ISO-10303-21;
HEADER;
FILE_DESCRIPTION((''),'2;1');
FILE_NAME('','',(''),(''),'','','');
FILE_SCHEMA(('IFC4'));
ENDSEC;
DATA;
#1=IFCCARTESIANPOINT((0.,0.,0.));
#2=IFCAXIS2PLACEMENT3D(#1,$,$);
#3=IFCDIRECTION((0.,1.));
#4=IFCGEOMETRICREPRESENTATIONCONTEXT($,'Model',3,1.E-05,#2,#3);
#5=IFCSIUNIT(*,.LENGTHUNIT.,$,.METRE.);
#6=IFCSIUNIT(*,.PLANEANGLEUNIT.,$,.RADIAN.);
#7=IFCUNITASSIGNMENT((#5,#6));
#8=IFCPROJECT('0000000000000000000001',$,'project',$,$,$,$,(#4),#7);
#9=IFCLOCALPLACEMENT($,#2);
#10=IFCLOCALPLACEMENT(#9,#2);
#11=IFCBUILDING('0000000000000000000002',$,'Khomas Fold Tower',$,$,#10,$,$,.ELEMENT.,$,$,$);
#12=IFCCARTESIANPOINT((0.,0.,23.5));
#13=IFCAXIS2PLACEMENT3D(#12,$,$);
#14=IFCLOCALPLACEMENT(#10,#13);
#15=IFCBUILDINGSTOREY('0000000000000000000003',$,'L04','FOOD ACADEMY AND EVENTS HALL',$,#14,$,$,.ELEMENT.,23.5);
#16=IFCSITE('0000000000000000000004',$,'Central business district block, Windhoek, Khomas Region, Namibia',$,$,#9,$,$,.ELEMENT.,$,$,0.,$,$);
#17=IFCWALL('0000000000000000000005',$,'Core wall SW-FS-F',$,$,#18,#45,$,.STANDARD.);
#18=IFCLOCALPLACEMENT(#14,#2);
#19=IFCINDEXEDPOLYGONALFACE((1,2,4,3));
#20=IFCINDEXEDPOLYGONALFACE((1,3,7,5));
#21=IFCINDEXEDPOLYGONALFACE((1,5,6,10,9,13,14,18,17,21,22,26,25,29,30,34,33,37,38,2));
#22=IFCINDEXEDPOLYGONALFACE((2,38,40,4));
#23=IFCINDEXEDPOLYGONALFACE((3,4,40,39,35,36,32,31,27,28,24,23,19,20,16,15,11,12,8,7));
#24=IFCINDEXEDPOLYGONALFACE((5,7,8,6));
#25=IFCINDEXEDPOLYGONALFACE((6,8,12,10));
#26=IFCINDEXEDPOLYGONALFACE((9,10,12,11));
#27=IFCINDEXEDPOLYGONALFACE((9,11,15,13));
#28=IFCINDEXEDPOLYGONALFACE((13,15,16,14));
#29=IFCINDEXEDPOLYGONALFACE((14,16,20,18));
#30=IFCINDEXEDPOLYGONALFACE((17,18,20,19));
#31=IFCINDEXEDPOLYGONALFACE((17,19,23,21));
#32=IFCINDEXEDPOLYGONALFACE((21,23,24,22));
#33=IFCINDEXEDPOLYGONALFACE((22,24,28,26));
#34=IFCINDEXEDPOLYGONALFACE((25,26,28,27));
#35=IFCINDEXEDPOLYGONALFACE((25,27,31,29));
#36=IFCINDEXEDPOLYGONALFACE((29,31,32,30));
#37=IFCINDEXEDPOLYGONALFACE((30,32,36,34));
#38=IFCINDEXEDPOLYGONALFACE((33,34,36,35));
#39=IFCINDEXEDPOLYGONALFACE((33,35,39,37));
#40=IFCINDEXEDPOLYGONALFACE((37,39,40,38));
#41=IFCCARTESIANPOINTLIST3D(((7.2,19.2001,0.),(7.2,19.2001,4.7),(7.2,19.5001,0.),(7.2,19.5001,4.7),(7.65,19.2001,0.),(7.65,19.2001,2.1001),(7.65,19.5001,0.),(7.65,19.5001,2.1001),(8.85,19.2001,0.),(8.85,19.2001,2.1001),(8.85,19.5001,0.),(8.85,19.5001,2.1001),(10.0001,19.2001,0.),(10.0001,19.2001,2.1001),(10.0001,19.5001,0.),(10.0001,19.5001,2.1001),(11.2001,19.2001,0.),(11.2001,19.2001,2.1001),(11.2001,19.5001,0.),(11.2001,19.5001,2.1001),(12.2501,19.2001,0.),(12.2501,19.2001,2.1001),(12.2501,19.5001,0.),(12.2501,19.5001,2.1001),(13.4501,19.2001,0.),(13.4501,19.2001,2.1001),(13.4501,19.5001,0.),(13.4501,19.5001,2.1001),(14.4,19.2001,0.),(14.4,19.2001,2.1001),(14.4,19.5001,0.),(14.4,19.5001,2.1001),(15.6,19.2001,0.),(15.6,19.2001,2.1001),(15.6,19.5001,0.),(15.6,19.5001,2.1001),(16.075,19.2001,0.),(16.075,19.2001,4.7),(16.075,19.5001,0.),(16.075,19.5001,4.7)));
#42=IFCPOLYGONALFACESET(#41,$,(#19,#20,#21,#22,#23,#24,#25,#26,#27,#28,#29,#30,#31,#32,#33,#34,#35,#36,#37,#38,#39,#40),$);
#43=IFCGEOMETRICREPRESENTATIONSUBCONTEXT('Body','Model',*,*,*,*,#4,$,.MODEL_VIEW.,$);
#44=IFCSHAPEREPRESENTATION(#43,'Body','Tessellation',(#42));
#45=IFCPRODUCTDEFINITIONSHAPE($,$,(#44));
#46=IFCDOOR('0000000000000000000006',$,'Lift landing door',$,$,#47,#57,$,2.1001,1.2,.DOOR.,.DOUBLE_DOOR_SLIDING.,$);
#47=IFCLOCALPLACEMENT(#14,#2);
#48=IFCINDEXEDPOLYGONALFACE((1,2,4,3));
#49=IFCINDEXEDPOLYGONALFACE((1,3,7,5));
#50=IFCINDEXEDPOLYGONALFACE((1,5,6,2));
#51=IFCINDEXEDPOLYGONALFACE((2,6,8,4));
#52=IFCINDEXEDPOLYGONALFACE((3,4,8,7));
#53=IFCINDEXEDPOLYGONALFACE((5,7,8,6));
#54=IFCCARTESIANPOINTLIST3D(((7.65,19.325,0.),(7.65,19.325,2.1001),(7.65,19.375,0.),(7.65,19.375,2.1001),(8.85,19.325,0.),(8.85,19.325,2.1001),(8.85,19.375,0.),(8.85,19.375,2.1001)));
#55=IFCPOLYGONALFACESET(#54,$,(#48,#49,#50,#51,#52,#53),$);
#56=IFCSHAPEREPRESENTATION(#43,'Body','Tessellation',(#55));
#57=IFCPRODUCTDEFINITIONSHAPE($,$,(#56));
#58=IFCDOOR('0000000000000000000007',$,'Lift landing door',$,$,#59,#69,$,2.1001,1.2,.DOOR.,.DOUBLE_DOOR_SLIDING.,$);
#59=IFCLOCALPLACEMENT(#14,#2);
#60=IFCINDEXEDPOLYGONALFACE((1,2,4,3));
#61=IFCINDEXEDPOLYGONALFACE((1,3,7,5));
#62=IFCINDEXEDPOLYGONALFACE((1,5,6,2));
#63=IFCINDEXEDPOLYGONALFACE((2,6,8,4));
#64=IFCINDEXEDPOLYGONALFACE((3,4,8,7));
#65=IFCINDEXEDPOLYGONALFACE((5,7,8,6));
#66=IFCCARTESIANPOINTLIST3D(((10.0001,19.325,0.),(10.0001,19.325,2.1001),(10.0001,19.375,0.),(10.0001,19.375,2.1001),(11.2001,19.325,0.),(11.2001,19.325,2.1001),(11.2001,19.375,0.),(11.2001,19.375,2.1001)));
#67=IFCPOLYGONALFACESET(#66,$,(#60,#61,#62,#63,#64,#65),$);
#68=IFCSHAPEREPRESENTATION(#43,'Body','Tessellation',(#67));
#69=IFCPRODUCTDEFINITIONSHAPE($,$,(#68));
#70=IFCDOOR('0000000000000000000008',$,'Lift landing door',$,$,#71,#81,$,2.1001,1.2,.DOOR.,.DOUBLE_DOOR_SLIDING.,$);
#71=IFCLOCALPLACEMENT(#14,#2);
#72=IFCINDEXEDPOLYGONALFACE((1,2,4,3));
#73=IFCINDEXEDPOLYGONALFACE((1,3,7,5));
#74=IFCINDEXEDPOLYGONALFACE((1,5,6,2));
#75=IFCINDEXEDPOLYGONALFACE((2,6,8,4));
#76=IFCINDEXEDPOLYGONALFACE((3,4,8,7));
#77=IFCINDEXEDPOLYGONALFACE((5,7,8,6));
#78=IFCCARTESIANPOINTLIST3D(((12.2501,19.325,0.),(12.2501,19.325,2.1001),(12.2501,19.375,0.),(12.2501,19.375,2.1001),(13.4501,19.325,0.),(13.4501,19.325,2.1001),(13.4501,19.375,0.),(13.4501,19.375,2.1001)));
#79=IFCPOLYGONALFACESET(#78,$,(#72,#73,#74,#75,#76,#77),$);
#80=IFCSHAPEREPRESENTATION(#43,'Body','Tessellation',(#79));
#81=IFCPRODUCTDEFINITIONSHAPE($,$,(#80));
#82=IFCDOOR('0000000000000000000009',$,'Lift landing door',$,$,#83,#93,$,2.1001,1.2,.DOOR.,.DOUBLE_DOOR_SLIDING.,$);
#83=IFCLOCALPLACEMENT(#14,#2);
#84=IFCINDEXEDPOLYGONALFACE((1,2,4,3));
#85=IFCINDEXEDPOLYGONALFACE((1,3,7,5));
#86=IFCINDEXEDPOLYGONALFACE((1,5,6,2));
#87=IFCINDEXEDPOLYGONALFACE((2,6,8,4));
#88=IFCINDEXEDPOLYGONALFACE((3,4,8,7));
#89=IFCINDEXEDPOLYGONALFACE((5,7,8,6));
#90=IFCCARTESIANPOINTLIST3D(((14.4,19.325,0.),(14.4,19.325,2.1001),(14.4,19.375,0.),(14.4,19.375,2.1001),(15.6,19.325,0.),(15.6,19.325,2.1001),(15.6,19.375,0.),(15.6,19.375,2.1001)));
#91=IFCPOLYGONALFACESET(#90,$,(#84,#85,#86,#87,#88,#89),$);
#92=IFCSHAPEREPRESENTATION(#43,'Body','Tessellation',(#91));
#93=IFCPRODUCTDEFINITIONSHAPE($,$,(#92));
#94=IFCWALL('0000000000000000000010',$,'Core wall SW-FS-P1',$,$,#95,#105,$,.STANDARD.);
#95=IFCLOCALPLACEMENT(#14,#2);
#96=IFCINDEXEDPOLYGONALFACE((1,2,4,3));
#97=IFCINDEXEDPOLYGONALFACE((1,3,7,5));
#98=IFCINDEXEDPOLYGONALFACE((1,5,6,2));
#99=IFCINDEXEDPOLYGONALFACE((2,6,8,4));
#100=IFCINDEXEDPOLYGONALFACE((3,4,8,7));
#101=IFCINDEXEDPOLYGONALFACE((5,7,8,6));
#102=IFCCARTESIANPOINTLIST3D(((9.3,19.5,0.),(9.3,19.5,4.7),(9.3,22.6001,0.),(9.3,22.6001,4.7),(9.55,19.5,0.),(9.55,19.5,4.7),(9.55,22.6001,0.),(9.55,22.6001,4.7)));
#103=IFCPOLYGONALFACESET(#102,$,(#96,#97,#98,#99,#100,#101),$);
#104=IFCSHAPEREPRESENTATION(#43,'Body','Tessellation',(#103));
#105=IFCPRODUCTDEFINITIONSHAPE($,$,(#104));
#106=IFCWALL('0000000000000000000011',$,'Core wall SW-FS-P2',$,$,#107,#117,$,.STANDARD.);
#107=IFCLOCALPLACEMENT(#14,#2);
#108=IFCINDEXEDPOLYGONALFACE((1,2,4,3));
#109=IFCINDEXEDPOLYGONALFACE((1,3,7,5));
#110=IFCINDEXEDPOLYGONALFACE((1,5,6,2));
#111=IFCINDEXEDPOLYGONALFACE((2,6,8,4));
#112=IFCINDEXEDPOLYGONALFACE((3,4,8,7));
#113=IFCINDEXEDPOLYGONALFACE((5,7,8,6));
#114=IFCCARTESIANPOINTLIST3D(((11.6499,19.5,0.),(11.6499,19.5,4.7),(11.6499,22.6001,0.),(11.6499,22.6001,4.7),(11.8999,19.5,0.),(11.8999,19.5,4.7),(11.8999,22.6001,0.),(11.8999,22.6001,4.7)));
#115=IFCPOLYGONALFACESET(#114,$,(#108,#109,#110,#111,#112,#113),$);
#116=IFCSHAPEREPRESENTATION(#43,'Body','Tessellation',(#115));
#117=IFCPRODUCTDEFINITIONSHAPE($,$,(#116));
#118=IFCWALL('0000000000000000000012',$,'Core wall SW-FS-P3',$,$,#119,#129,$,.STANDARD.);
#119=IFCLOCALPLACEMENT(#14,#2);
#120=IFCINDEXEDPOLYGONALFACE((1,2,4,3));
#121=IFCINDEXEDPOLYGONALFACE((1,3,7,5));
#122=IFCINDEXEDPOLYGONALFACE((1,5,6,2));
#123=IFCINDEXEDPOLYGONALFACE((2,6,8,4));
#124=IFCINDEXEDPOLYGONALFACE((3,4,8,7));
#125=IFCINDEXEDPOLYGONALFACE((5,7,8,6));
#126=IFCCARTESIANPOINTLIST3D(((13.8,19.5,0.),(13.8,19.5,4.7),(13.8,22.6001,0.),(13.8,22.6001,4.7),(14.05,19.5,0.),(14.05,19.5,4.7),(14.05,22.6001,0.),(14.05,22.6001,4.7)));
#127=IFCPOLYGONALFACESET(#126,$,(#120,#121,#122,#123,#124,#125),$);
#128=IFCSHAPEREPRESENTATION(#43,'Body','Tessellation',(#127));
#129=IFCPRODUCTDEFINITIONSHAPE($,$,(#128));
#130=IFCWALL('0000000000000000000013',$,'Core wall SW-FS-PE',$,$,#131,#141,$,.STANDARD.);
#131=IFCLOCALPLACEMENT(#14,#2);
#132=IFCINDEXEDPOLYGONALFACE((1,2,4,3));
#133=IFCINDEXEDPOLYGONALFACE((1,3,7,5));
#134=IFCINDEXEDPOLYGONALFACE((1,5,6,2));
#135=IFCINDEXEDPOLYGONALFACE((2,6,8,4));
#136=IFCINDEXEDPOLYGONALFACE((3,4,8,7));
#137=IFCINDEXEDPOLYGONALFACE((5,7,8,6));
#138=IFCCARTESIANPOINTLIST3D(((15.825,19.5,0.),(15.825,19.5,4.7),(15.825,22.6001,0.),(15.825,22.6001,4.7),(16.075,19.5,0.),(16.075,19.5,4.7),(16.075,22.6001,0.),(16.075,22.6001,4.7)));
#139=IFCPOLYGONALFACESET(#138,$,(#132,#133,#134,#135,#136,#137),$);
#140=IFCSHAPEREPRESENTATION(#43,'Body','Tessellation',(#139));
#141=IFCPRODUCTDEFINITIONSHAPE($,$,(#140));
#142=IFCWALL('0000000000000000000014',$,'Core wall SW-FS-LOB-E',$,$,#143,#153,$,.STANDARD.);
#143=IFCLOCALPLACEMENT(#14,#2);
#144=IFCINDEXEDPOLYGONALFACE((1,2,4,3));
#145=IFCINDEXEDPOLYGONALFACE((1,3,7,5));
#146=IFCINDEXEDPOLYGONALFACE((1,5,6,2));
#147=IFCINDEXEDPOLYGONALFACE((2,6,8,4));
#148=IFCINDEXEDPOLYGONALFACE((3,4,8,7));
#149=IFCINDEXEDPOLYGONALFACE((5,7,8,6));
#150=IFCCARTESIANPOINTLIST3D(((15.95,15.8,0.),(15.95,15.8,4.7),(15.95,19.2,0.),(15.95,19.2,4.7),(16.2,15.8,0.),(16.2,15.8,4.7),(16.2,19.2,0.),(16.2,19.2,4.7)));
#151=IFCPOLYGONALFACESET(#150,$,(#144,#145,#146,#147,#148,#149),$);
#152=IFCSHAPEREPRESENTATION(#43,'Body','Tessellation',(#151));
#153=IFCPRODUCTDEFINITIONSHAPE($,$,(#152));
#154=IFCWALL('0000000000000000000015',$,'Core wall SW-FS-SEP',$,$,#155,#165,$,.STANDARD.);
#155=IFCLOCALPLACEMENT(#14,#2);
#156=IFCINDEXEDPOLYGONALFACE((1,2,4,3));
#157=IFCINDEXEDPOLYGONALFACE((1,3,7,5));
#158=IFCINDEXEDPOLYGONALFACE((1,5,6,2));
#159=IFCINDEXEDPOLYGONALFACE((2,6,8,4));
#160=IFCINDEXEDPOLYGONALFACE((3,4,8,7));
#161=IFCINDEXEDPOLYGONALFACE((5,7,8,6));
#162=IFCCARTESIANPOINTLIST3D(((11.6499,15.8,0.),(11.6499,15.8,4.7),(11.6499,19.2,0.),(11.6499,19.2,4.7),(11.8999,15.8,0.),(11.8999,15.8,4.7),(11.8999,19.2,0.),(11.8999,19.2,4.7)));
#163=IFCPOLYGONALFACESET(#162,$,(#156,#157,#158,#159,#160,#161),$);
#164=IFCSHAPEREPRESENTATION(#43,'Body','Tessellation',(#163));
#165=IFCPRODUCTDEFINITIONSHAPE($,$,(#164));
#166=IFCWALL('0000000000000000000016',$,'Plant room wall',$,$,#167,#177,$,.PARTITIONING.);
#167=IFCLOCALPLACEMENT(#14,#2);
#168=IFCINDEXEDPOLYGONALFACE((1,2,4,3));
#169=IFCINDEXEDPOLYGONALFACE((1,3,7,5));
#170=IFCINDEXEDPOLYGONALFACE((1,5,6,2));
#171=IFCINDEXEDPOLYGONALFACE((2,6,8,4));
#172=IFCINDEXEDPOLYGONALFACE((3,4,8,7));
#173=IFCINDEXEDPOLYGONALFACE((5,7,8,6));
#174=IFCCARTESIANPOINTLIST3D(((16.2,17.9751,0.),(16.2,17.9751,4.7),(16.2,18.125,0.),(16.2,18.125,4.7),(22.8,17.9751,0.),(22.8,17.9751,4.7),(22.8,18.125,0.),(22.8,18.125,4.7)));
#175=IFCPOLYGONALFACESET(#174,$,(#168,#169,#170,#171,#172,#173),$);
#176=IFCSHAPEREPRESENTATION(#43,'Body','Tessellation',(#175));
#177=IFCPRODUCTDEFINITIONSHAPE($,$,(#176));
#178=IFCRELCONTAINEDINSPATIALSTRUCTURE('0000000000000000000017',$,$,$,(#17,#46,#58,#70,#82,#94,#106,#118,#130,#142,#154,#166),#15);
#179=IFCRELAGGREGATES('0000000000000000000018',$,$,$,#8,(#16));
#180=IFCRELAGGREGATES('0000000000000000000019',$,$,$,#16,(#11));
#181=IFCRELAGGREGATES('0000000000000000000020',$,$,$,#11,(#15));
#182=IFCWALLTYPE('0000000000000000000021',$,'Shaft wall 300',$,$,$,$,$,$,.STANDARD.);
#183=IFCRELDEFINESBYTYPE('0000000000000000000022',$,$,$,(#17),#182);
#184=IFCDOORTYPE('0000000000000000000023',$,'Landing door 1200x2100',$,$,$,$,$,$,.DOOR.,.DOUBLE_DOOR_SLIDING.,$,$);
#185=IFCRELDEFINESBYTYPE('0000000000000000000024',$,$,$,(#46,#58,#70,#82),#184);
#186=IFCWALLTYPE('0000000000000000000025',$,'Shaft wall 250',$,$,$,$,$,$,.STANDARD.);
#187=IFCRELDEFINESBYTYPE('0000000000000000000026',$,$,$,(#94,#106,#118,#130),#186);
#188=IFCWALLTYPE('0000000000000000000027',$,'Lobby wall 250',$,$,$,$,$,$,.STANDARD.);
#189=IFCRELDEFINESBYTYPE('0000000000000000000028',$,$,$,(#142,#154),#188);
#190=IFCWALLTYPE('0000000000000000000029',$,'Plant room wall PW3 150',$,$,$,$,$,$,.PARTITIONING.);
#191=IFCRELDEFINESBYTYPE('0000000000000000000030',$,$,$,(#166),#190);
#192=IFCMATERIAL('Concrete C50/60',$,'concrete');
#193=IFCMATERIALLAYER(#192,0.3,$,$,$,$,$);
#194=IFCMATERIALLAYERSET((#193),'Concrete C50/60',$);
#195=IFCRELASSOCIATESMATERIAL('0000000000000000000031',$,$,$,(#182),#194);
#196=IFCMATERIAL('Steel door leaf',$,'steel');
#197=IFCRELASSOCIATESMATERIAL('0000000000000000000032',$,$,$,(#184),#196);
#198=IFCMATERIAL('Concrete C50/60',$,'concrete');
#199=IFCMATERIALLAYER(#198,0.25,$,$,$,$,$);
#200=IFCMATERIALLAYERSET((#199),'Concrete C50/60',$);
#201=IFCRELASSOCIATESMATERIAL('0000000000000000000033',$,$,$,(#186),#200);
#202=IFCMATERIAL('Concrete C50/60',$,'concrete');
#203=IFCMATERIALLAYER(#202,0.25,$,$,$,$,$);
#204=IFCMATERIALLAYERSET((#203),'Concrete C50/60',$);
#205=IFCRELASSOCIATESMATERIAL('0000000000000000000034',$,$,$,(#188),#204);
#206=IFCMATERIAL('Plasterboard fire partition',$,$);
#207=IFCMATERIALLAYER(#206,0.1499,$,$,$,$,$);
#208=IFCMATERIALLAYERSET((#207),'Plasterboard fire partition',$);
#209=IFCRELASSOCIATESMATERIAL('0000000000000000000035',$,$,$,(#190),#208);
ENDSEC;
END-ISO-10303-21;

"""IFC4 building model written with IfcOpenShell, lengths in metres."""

from ifc_helpers import new_model, si_unit, direction, frame, frame_2d, origin, place, context, subcontext, project, spatial, rectangle, extrude, source, transform, mapped, material, layer, layer_set, type_object, element, fill, save


model = new_model("IFC4")

# Units and contexts
model_context = context("Model", 3, precision=1e-05, world=origin(), true_north=direction((0.0, 1.0)))
body_context = subcontext(model_context, "Body", "Model", "MODEL_VIEW")
ifc_project = project(units=[si_unit("LENGTHUNIT", "METRE"), si_unit("PLANEANGLEUNIT", "RADIAN")], contexts=[model_context])

# Site, building, storey
site_placement = place(None, origin())
site = spatial("IfcSite", under=ifc_project, at=site_placement, Name="Central business district block, Windhoek, Khomas Region, Namibia", CompositionType="ELEMENT", RefElevation=0.0)
building_placement = place(site_placement, origin())
building = spatial("IfcBuilding", under=site, at=building_placement, Name="Khomas Fold Tower", CompositionType="ELEMENT")
storey_placement = place(building_placement, frame((0.0, 0.0, 23.5)))
storey = spatial("IfcBuildingStorey", under=building, at=storey_placement, Name="L04", Description="FOOD ACADEMY AND EVENTS HALL", CompositionType="ELEMENT", Elevation=23.5)

# Shared definitions
ifc_material_1 = material(Name="Concrete C50/60", Category="concrete")
ifc_layer_1 = layer(ifc_material_1, 0.3)
ifc_layer_set_1 = layer_set([ifc_layer_1], Name="Concrete C50/60")
wall_type_1 = type_object("IfcWallType", Name="Shaft wall 300", PredefinedType="STANDARD", material=ifc_layer_set_1)

# Wall, openings, doors
shared_shape_1 = source(origin(), body_context, "Body", "SweptSolid", [
    extrude(rectangle(XDim=8.875, YDim=0.3, at=frame_2d((4.4375, 0.0))), origin(), (0.0, 0.0, 1.0), 4.7),
])
wall_1_placement = place(storey_placement, frame((7.2, 19.3501, 0.0), z_axis=(0.0, 0.0, 1.0), x_axis=(1.0, 0.0, 0.0)))
wall_1 = element("IfcWall", 1, at=wall_1_placement, inside=storey, type_object=wall_type_1, Name="Core wall SW-FS-F", PredefinedType="STANDARD", context=body_context, shape_type="MappedRepresentation", body=[
    mapped(shared_shape_1, transform((0.0, 0.0, 0.0))),
])
shared_shape_2 = source(origin(), body_context, "Body", "SweptSolid", [
    extrude(rectangle(XDim=1.2, YDim=2.1001, at=frame_2d((0.6001, 1.05))), frame((0.0, 0.1599, 0.0), z_axis=(0.0, -1.0, 0.0), x_axis=(1.0, 0.0, 0.0)), (0.0, 0.0, 1.0), 0.3201),
])
opening_1_placement = place(wall_1_placement, frame((0.45, 0.0, 0.0)))
opening_1 = element("IfcOpeningElement", 2, at=opening_1_placement, cuts=wall_1, PredefinedType="OPENING", context=body_context, shape_type="MappedRepresentation", body=[
    mapped(shared_shape_2, transform((0.0, 0.0, 0.0))),
])
opening_2_placement = place(wall_1_placement, frame((2.8, 0.0, 0.0)))
opening_2 = element("IfcOpeningElement", 3, at=opening_2_placement, cuts=wall_1, PredefinedType="OPENING", context=body_context, shape_type="MappedRepresentation", body=[
    mapped(shared_shape_2, transform((0.0, 0.0, 0.0))),
])
opening_3_placement = place(wall_1_placement, frame((5.05, 0.0, 0.0)))
opening_3 = element("IfcOpeningElement", 4, at=opening_3_placement, cuts=wall_1, PredefinedType="OPENING", context=body_context, shape_type="MappedRepresentation", body=[
    mapped(shared_shape_2, transform((0.0, 0.0, 0.0))),
])
opening_4_placement = place(wall_1_placement, frame((7.2, 0.0, 0.0)))
opening_4 = element("IfcOpeningElement", 5, at=opening_4_placement, cuts=wall_1, PredefinedType="OPENING", context=body_context, shape_type="MappedRepresentation", body=[
    mapped(shared_shape_2, transform((0.0, 0.0, 0.0))),
])
ifc_material_2 = material(Name="Steel door leaf", Category="steel")
door_type_1 = type_object("IfcDoorType", Name="Landing door 1200x2100", OperationType="DOUBLE_DOOR_SLIDING", PredefinedType="DOOR", material=ifc_material_2)
shared_shape_3 = source(origin(), body_context, "Body", "SweptSolid", [
    extrude(rectangle(XDim=1.2, YDim=2.1001, at=frame_2d((0.6001, 1.05))), frame((0.0, 0.0249, 0.0), z_axis=(0.0, -1.0, 0.0), x_axis=(1.0, 0.0, 0.0)), (0.0, 0.0, 1.0), 0.05),
])
door_1_placement = place(opening_1_placement, origin())
door_1 = element("IfcDoor", 6, at=door_1_placement, inside=storey, type_object=door_type_1, Name="Lift landing door", OperationType="DOUBLE_DOOR_SLIDING", OverallHeight=2.1001, OverallWidth=1.2, PredefinedType="DOOR", context=body_context, shape_type="MappedRepresentation", body=[
    mapped(shared_shape_3, transform((0.0, 0.0, 0.0))),
])
fill(opening_1, door_1)
door_2_placement = place(opening_2_placement, origin())
door_2 = element("IfcDoor", 7, at=door_2_placement, inside=storey, type_object=door_type_1, Name="Lift landing door", OperationType="DOUBLE_DOOR_SLIDING", OverallHeight=2.1001, OverallWidth=1.2, PredefinedType="DOOR", context=body_context, shape_type="MappedRepresentation", body=[
    mapped(shared_shape_3, transform((0.0, 0.0, 0.0))),
])
fill(opening_2, door_2)
door_3_placement = place(opening_3_placement, origin())
door_3 = element("IfcDoor", 8, at=door_3_placement, inside=storey, type_object=door_type_1, Name="Lift landing door", OperationType="DOUBLE_DOOR_SLIDING", OverallHeight=2.1001, OverallWidth=1.2, PredefinedType="DOOR", context=body_context, shape_type="MappedRepresentation", body=[
    mapped(shared_shape_3, transform((0.0, 0.0, 0.0))),
])
fill(opening_3, door_3)
door_4_placement = place(opening_4_placement, origin())
door_4 = element("IfcDoor", 9, at=door_4_placement, inside=storey, type_object=door_type_1, Name="Lift landing door", OperationType="DOUBLE_DOOR_SLIDING", OverallHeight=2.1001, OverallWidth=1.2, PredefinedType="DOOR", context=body_context, shape_type="MappedRepresentation", body=[
    mapped(shared_shape_3, transform((0.0, 0.0, 0.0))),
])
fill(opening_4, door_4)

# Walls
ifc_material_3 = material(Name="Concrete C50/60", Category="concrete")
ifc_layer_2 = layer(ifc_material_3, 0.25)
ifc_layer_set_2 = layer_set([ifc_layer_2], Name="Concrete C50/60")
wall_type_2 = type_object("IfcWallType", Name="Shaft wall 250", PredefinedType="STANDARD", material=ifc_layer_set_2)
shared_shape_4 = source(origin(), body_context, "Body", "SweptSolid", [
    extrude(rectangle(XDim=3.1001, YDim=0.25, at=frame_2d((1.55, 0.0))), origin(), (0.0, 0.0, 1.0), 4.7),
])
for number, where, z_axis, x_axis, name in (
    (10, (9.425, 19.5, 0.0), (0.0, 0.0, 1.0), (0.0, 1.0, 0.0), "Core wall SW-FS-P1"),
    (11, (11.7749, 19.5, 0.0), (0.0, 0.0, 1.0), (0.0, 1.0, 0.0), "Core wall SW-FS-P2"),
    (12, (13.925, 19.5, 0.0), (0.0, 0.0, 1.0), (0.0, 1.0, 0.0), "Core wall SW-FS-P3"),
    (13, (15.95, 19.5, 0.0), (0.0, 0.0, 1.0), (0.0, 1.0, 0.0), "Core wall SW-FS-PE"),
):
    element("IfcWall", number, at=place(storey_placement, frame(where, z_axis=z_axis, x_axis=x_axis)), inside=storey, type_object=wall_type_2, Name=name, PredefinedType="STANDARD", context=body_context, shape_type="MappedRepresentation", body=[
        mapped(shared_shape_4, transform((0.0, 0.0, 0.0))),
    ])
ifc_material_4 = material(Name="Concrete C50/60", Category="concrete")
ifc_layer_3 = layer(ifc_material_4, 0.25)
ifc_layer_set_3 = layer_set([ifc_layer_3], Name="Concrete C50/60")
wall_type_3 = type_object("IfcWallType", Name="Lobby wall 250", PredefinedType="STANDARD", material=ifc_layer_set_3)
shared_shape_5 = source(origin(), body_context, "Body", "SweptSolid", [
    extrude(rectangle(XDim=3.3999, YDim=0.25, at=frame_2d((1.7, 0.0))), origin(), (0.0, 0.0, 1.0), 4.7),
])
for number, where, z_axis, x_axis, name in (
    (14, (16.075, 15.8, 0.0), (0.0, 0.0, 1.0), (0.0, 1.0, 0.0), "Core wall SW-FS-LOB-E"),
    (15, (11.7749, 15.8, 0.0), (0.0, 0.0, 1.0), (0.0, 1.0, 0.0), "Core wall SW-FS-SEP"),
):
    element("IfcWall", number, at=place(storey_placement, frame(where, z_axis=z_axis, x_axis=x_axis)), inside=storey, type_object=wall_type_3, Name=name, PredefinedType="STANDARD", context=body_context, shape_type="MappedRepresentation", body=[
        mapped(shared_shape_5, transform((0.0, 0.0, 0.0))),
    ])
ifc_material_5 = material(Name="Plasterboard fire partition")
ifc_layer_4 = layer(ifc_material_5, 0.1499)
ifc_layer_set_4 = layer_set([ifc_layer_4], Name="Plasterboard fire partition")
wall_type_4 = type_object("IfcWallType", Name="Plant room wall PW3 150", PredefinedType="PARTITIONING", material=ifc_layer_set_4)
shared_shape_6 = source(origin(), body_context, "Body", "SweptSolid", [
    extrude(rectangle(XDim=6.6001, YDim=0.1499, at=frame_2d((3.3, 0.0))), origin(), (0.0, 0.0, 1.0), 4.7),
])
wall_2_placement = place(storey_placement, frame((16.2, 18.05, 0.0), z_axis=(0.0, 0.0, 1.0), x_axis=(1.0, 0.0, 0.0)))
element("IfcWall", 16, at=wall_2_placement, inside=storey, type_object=wall_type_4, Name="Plant room wall", PredefinedType="PARTITIONING", context=body_context, shape_type="MappedRepresentation", body=[
    mapped(shared_shape_6, transform((0.0, 0.0, 0.0))),
])

save(model, "model.ifc")
